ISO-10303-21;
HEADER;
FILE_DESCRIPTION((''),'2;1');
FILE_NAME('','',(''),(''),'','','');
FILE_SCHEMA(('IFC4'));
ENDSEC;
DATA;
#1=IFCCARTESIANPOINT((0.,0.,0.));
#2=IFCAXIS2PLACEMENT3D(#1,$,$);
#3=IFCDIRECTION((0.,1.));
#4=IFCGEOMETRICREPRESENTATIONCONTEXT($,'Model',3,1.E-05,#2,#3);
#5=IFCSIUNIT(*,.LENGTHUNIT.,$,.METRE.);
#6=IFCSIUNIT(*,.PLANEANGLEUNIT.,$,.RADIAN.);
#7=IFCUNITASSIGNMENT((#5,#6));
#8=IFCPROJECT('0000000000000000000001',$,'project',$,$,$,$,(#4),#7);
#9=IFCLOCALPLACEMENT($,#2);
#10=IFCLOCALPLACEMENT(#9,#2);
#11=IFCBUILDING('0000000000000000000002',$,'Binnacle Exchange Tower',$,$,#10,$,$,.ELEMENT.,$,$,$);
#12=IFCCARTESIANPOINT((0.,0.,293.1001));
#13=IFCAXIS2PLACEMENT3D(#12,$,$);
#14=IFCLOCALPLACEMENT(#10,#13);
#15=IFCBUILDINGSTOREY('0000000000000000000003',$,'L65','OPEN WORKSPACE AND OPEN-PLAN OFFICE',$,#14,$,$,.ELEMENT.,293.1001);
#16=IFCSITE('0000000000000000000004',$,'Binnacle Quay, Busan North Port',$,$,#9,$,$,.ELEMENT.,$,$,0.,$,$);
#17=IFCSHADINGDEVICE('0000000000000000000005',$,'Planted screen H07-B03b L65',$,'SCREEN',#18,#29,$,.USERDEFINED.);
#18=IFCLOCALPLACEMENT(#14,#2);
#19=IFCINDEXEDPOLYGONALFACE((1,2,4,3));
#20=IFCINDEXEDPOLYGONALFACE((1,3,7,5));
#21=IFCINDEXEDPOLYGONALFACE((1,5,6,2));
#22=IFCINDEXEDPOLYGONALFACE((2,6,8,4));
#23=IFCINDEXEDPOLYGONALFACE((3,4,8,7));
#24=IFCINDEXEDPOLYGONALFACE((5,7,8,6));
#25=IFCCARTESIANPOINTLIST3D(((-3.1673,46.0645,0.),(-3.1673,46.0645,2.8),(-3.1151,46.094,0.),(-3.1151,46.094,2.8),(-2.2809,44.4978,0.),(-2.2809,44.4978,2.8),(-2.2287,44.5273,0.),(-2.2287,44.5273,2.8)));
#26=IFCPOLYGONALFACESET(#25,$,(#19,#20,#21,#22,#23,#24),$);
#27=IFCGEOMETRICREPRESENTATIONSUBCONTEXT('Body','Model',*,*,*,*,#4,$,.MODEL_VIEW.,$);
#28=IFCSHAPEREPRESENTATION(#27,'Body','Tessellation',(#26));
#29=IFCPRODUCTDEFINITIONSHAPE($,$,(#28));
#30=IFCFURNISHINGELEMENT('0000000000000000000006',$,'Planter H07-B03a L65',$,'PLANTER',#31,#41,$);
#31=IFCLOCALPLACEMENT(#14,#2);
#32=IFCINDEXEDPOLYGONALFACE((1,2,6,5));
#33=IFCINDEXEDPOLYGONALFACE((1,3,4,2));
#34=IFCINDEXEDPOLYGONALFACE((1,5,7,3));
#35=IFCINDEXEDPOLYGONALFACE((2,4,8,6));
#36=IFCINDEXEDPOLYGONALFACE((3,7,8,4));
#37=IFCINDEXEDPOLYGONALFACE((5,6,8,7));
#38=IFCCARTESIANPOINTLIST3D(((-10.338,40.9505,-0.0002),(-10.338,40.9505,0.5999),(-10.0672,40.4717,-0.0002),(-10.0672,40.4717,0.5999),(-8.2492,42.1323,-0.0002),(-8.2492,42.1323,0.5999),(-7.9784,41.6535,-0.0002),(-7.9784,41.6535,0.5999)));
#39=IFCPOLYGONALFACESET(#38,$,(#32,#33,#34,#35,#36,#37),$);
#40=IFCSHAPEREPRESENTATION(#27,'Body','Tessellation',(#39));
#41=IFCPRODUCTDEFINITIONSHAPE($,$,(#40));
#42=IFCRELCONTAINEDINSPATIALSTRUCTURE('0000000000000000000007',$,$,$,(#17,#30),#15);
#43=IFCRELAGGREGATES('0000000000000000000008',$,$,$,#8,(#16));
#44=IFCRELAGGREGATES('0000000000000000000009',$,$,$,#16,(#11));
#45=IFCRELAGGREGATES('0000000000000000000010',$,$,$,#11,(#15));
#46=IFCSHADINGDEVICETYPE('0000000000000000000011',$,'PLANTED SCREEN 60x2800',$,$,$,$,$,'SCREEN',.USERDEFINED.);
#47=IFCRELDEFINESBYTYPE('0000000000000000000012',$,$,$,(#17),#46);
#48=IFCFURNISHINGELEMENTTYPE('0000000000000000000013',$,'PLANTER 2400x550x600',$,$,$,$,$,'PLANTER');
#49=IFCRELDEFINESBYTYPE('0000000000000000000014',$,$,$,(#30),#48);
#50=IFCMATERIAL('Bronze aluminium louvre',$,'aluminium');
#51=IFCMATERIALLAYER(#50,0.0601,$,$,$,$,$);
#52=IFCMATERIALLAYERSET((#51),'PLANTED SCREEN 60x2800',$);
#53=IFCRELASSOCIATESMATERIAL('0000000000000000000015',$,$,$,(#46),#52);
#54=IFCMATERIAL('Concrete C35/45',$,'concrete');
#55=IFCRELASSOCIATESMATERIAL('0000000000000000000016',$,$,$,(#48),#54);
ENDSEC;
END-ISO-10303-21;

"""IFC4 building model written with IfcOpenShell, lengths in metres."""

from ifc_helpers import new_model, si_unit, direction, frame, origin, origin_2d, place, context, subcontext, project, spatial, rectangle, extrude, material, layer, layer_set, type_object, element, save


model = new_model("IFC4")

# Units and contexts
model_context = context("Model", 3, precision=1e-05, world=origin(), true_north=direction((0.0, 1.0)))
body_context = subcontext(model_context, "Body", "Model", "MODEL_VIEW")
ifc_project = project(units=[si_unit("LENGTHUNIT", "METRE"), si_unit("PLANEANGLEUNIT", "RADIAN")], contexts=[model_context])

# Site, building, storey
site_placement = place(None, origin())
site = spatial("IfcSite", under=ifc_project, at=site_placement, Name="Binnacle Quay, Busan North Port", CompositionType="ELEMENT", RefElevation=0.0)
building_placement = place(site_placement, origin())
building = spatial("IfcBuilding", under=site, at=building_placement, Name="Binnacle Exchange Tower", CompositionType="ELEMENT")
storey_placement = place(building_placement, frame((0.0, 0.0, 293.1001)))
storey = spatial("IfcBuildingStorey", under=building, at=storey_placement, Name="L65", Description="OPEN WORKSPACE AND OPEN-PLAN OFFICE", CompositionType="ELEMENT", Elevation=293.1001)

# Shading device
ifc_material_1 = material(Name="Bronze aluminium louvre", Category="aluminium")
ifc_layer_1 = layer(ifc_material_1, 0.0601)
ifc_layer_set_1 = layer_set([ifc_layer_1], Name="PLANTED SCREEN 60x2800")
shading_device_type = type_object("IfcShadingDeviceType", Name="PLANTED SCREEN 60x2800", ElementType="SCREEN", PredefinedType="USERDEFINED", material=ifc_layer_set_1)
for number, where, z_axis, x_axis, name in (
    (1, (-2.698, 45.2959, 0.0), (0.0, 0.0, 1.0), (0.870356, 0.492424, 0.0), "Planted screen H07-B03b L65"),
):
    element("IfcShadingDevice", number, at=place(storey_placement, frame(where, z_axis=z_axis, x_axis=x_axis)), inside=storey, type_object=shading_device_type, Name=name, ObjectType="SCREEN", PredefinedType="USERDEFINED", context=body_context, shape_type="SweptSolid", body=[
        extrude(rectangle(XDim=0.0601, YDim=1.8, at=origin_2d()), origin(), (0.0, 0.0, 1.0), 2.8),
    ])

# Furnishing element
ifc_material_2 = material(Name="Concrete C35/45", Category="concrete")
furnishing_element_type = type_object("IfcFurnishingElementType", Name="PLANTER 2400x550x600", ElementType="PLANTER", material=ifc_material_2)
furnishing_placement = place(storey_placement, frame((-9.1582, 41.302, -0.0002), z_axis=(0.0, 0.0, 1.0), x_axis=(0.870356, 0.492424, 0.0)))
element("IfcFurnishingElement", 2, at=furnishing_placement, inside=storey, type_object=furnishing_element_type, Name="Planter H07-B03a L65", ObjectType="PLANTER", context=body_context, shape_type="SweptSolid", body=[
    extrude(rectangle(XDim=2.3999, YDim=0.55, at=origin_2d()), origin(), (0.0, 0.0, 1.0), 0.6001),
])

save(model, "model.ifc")
